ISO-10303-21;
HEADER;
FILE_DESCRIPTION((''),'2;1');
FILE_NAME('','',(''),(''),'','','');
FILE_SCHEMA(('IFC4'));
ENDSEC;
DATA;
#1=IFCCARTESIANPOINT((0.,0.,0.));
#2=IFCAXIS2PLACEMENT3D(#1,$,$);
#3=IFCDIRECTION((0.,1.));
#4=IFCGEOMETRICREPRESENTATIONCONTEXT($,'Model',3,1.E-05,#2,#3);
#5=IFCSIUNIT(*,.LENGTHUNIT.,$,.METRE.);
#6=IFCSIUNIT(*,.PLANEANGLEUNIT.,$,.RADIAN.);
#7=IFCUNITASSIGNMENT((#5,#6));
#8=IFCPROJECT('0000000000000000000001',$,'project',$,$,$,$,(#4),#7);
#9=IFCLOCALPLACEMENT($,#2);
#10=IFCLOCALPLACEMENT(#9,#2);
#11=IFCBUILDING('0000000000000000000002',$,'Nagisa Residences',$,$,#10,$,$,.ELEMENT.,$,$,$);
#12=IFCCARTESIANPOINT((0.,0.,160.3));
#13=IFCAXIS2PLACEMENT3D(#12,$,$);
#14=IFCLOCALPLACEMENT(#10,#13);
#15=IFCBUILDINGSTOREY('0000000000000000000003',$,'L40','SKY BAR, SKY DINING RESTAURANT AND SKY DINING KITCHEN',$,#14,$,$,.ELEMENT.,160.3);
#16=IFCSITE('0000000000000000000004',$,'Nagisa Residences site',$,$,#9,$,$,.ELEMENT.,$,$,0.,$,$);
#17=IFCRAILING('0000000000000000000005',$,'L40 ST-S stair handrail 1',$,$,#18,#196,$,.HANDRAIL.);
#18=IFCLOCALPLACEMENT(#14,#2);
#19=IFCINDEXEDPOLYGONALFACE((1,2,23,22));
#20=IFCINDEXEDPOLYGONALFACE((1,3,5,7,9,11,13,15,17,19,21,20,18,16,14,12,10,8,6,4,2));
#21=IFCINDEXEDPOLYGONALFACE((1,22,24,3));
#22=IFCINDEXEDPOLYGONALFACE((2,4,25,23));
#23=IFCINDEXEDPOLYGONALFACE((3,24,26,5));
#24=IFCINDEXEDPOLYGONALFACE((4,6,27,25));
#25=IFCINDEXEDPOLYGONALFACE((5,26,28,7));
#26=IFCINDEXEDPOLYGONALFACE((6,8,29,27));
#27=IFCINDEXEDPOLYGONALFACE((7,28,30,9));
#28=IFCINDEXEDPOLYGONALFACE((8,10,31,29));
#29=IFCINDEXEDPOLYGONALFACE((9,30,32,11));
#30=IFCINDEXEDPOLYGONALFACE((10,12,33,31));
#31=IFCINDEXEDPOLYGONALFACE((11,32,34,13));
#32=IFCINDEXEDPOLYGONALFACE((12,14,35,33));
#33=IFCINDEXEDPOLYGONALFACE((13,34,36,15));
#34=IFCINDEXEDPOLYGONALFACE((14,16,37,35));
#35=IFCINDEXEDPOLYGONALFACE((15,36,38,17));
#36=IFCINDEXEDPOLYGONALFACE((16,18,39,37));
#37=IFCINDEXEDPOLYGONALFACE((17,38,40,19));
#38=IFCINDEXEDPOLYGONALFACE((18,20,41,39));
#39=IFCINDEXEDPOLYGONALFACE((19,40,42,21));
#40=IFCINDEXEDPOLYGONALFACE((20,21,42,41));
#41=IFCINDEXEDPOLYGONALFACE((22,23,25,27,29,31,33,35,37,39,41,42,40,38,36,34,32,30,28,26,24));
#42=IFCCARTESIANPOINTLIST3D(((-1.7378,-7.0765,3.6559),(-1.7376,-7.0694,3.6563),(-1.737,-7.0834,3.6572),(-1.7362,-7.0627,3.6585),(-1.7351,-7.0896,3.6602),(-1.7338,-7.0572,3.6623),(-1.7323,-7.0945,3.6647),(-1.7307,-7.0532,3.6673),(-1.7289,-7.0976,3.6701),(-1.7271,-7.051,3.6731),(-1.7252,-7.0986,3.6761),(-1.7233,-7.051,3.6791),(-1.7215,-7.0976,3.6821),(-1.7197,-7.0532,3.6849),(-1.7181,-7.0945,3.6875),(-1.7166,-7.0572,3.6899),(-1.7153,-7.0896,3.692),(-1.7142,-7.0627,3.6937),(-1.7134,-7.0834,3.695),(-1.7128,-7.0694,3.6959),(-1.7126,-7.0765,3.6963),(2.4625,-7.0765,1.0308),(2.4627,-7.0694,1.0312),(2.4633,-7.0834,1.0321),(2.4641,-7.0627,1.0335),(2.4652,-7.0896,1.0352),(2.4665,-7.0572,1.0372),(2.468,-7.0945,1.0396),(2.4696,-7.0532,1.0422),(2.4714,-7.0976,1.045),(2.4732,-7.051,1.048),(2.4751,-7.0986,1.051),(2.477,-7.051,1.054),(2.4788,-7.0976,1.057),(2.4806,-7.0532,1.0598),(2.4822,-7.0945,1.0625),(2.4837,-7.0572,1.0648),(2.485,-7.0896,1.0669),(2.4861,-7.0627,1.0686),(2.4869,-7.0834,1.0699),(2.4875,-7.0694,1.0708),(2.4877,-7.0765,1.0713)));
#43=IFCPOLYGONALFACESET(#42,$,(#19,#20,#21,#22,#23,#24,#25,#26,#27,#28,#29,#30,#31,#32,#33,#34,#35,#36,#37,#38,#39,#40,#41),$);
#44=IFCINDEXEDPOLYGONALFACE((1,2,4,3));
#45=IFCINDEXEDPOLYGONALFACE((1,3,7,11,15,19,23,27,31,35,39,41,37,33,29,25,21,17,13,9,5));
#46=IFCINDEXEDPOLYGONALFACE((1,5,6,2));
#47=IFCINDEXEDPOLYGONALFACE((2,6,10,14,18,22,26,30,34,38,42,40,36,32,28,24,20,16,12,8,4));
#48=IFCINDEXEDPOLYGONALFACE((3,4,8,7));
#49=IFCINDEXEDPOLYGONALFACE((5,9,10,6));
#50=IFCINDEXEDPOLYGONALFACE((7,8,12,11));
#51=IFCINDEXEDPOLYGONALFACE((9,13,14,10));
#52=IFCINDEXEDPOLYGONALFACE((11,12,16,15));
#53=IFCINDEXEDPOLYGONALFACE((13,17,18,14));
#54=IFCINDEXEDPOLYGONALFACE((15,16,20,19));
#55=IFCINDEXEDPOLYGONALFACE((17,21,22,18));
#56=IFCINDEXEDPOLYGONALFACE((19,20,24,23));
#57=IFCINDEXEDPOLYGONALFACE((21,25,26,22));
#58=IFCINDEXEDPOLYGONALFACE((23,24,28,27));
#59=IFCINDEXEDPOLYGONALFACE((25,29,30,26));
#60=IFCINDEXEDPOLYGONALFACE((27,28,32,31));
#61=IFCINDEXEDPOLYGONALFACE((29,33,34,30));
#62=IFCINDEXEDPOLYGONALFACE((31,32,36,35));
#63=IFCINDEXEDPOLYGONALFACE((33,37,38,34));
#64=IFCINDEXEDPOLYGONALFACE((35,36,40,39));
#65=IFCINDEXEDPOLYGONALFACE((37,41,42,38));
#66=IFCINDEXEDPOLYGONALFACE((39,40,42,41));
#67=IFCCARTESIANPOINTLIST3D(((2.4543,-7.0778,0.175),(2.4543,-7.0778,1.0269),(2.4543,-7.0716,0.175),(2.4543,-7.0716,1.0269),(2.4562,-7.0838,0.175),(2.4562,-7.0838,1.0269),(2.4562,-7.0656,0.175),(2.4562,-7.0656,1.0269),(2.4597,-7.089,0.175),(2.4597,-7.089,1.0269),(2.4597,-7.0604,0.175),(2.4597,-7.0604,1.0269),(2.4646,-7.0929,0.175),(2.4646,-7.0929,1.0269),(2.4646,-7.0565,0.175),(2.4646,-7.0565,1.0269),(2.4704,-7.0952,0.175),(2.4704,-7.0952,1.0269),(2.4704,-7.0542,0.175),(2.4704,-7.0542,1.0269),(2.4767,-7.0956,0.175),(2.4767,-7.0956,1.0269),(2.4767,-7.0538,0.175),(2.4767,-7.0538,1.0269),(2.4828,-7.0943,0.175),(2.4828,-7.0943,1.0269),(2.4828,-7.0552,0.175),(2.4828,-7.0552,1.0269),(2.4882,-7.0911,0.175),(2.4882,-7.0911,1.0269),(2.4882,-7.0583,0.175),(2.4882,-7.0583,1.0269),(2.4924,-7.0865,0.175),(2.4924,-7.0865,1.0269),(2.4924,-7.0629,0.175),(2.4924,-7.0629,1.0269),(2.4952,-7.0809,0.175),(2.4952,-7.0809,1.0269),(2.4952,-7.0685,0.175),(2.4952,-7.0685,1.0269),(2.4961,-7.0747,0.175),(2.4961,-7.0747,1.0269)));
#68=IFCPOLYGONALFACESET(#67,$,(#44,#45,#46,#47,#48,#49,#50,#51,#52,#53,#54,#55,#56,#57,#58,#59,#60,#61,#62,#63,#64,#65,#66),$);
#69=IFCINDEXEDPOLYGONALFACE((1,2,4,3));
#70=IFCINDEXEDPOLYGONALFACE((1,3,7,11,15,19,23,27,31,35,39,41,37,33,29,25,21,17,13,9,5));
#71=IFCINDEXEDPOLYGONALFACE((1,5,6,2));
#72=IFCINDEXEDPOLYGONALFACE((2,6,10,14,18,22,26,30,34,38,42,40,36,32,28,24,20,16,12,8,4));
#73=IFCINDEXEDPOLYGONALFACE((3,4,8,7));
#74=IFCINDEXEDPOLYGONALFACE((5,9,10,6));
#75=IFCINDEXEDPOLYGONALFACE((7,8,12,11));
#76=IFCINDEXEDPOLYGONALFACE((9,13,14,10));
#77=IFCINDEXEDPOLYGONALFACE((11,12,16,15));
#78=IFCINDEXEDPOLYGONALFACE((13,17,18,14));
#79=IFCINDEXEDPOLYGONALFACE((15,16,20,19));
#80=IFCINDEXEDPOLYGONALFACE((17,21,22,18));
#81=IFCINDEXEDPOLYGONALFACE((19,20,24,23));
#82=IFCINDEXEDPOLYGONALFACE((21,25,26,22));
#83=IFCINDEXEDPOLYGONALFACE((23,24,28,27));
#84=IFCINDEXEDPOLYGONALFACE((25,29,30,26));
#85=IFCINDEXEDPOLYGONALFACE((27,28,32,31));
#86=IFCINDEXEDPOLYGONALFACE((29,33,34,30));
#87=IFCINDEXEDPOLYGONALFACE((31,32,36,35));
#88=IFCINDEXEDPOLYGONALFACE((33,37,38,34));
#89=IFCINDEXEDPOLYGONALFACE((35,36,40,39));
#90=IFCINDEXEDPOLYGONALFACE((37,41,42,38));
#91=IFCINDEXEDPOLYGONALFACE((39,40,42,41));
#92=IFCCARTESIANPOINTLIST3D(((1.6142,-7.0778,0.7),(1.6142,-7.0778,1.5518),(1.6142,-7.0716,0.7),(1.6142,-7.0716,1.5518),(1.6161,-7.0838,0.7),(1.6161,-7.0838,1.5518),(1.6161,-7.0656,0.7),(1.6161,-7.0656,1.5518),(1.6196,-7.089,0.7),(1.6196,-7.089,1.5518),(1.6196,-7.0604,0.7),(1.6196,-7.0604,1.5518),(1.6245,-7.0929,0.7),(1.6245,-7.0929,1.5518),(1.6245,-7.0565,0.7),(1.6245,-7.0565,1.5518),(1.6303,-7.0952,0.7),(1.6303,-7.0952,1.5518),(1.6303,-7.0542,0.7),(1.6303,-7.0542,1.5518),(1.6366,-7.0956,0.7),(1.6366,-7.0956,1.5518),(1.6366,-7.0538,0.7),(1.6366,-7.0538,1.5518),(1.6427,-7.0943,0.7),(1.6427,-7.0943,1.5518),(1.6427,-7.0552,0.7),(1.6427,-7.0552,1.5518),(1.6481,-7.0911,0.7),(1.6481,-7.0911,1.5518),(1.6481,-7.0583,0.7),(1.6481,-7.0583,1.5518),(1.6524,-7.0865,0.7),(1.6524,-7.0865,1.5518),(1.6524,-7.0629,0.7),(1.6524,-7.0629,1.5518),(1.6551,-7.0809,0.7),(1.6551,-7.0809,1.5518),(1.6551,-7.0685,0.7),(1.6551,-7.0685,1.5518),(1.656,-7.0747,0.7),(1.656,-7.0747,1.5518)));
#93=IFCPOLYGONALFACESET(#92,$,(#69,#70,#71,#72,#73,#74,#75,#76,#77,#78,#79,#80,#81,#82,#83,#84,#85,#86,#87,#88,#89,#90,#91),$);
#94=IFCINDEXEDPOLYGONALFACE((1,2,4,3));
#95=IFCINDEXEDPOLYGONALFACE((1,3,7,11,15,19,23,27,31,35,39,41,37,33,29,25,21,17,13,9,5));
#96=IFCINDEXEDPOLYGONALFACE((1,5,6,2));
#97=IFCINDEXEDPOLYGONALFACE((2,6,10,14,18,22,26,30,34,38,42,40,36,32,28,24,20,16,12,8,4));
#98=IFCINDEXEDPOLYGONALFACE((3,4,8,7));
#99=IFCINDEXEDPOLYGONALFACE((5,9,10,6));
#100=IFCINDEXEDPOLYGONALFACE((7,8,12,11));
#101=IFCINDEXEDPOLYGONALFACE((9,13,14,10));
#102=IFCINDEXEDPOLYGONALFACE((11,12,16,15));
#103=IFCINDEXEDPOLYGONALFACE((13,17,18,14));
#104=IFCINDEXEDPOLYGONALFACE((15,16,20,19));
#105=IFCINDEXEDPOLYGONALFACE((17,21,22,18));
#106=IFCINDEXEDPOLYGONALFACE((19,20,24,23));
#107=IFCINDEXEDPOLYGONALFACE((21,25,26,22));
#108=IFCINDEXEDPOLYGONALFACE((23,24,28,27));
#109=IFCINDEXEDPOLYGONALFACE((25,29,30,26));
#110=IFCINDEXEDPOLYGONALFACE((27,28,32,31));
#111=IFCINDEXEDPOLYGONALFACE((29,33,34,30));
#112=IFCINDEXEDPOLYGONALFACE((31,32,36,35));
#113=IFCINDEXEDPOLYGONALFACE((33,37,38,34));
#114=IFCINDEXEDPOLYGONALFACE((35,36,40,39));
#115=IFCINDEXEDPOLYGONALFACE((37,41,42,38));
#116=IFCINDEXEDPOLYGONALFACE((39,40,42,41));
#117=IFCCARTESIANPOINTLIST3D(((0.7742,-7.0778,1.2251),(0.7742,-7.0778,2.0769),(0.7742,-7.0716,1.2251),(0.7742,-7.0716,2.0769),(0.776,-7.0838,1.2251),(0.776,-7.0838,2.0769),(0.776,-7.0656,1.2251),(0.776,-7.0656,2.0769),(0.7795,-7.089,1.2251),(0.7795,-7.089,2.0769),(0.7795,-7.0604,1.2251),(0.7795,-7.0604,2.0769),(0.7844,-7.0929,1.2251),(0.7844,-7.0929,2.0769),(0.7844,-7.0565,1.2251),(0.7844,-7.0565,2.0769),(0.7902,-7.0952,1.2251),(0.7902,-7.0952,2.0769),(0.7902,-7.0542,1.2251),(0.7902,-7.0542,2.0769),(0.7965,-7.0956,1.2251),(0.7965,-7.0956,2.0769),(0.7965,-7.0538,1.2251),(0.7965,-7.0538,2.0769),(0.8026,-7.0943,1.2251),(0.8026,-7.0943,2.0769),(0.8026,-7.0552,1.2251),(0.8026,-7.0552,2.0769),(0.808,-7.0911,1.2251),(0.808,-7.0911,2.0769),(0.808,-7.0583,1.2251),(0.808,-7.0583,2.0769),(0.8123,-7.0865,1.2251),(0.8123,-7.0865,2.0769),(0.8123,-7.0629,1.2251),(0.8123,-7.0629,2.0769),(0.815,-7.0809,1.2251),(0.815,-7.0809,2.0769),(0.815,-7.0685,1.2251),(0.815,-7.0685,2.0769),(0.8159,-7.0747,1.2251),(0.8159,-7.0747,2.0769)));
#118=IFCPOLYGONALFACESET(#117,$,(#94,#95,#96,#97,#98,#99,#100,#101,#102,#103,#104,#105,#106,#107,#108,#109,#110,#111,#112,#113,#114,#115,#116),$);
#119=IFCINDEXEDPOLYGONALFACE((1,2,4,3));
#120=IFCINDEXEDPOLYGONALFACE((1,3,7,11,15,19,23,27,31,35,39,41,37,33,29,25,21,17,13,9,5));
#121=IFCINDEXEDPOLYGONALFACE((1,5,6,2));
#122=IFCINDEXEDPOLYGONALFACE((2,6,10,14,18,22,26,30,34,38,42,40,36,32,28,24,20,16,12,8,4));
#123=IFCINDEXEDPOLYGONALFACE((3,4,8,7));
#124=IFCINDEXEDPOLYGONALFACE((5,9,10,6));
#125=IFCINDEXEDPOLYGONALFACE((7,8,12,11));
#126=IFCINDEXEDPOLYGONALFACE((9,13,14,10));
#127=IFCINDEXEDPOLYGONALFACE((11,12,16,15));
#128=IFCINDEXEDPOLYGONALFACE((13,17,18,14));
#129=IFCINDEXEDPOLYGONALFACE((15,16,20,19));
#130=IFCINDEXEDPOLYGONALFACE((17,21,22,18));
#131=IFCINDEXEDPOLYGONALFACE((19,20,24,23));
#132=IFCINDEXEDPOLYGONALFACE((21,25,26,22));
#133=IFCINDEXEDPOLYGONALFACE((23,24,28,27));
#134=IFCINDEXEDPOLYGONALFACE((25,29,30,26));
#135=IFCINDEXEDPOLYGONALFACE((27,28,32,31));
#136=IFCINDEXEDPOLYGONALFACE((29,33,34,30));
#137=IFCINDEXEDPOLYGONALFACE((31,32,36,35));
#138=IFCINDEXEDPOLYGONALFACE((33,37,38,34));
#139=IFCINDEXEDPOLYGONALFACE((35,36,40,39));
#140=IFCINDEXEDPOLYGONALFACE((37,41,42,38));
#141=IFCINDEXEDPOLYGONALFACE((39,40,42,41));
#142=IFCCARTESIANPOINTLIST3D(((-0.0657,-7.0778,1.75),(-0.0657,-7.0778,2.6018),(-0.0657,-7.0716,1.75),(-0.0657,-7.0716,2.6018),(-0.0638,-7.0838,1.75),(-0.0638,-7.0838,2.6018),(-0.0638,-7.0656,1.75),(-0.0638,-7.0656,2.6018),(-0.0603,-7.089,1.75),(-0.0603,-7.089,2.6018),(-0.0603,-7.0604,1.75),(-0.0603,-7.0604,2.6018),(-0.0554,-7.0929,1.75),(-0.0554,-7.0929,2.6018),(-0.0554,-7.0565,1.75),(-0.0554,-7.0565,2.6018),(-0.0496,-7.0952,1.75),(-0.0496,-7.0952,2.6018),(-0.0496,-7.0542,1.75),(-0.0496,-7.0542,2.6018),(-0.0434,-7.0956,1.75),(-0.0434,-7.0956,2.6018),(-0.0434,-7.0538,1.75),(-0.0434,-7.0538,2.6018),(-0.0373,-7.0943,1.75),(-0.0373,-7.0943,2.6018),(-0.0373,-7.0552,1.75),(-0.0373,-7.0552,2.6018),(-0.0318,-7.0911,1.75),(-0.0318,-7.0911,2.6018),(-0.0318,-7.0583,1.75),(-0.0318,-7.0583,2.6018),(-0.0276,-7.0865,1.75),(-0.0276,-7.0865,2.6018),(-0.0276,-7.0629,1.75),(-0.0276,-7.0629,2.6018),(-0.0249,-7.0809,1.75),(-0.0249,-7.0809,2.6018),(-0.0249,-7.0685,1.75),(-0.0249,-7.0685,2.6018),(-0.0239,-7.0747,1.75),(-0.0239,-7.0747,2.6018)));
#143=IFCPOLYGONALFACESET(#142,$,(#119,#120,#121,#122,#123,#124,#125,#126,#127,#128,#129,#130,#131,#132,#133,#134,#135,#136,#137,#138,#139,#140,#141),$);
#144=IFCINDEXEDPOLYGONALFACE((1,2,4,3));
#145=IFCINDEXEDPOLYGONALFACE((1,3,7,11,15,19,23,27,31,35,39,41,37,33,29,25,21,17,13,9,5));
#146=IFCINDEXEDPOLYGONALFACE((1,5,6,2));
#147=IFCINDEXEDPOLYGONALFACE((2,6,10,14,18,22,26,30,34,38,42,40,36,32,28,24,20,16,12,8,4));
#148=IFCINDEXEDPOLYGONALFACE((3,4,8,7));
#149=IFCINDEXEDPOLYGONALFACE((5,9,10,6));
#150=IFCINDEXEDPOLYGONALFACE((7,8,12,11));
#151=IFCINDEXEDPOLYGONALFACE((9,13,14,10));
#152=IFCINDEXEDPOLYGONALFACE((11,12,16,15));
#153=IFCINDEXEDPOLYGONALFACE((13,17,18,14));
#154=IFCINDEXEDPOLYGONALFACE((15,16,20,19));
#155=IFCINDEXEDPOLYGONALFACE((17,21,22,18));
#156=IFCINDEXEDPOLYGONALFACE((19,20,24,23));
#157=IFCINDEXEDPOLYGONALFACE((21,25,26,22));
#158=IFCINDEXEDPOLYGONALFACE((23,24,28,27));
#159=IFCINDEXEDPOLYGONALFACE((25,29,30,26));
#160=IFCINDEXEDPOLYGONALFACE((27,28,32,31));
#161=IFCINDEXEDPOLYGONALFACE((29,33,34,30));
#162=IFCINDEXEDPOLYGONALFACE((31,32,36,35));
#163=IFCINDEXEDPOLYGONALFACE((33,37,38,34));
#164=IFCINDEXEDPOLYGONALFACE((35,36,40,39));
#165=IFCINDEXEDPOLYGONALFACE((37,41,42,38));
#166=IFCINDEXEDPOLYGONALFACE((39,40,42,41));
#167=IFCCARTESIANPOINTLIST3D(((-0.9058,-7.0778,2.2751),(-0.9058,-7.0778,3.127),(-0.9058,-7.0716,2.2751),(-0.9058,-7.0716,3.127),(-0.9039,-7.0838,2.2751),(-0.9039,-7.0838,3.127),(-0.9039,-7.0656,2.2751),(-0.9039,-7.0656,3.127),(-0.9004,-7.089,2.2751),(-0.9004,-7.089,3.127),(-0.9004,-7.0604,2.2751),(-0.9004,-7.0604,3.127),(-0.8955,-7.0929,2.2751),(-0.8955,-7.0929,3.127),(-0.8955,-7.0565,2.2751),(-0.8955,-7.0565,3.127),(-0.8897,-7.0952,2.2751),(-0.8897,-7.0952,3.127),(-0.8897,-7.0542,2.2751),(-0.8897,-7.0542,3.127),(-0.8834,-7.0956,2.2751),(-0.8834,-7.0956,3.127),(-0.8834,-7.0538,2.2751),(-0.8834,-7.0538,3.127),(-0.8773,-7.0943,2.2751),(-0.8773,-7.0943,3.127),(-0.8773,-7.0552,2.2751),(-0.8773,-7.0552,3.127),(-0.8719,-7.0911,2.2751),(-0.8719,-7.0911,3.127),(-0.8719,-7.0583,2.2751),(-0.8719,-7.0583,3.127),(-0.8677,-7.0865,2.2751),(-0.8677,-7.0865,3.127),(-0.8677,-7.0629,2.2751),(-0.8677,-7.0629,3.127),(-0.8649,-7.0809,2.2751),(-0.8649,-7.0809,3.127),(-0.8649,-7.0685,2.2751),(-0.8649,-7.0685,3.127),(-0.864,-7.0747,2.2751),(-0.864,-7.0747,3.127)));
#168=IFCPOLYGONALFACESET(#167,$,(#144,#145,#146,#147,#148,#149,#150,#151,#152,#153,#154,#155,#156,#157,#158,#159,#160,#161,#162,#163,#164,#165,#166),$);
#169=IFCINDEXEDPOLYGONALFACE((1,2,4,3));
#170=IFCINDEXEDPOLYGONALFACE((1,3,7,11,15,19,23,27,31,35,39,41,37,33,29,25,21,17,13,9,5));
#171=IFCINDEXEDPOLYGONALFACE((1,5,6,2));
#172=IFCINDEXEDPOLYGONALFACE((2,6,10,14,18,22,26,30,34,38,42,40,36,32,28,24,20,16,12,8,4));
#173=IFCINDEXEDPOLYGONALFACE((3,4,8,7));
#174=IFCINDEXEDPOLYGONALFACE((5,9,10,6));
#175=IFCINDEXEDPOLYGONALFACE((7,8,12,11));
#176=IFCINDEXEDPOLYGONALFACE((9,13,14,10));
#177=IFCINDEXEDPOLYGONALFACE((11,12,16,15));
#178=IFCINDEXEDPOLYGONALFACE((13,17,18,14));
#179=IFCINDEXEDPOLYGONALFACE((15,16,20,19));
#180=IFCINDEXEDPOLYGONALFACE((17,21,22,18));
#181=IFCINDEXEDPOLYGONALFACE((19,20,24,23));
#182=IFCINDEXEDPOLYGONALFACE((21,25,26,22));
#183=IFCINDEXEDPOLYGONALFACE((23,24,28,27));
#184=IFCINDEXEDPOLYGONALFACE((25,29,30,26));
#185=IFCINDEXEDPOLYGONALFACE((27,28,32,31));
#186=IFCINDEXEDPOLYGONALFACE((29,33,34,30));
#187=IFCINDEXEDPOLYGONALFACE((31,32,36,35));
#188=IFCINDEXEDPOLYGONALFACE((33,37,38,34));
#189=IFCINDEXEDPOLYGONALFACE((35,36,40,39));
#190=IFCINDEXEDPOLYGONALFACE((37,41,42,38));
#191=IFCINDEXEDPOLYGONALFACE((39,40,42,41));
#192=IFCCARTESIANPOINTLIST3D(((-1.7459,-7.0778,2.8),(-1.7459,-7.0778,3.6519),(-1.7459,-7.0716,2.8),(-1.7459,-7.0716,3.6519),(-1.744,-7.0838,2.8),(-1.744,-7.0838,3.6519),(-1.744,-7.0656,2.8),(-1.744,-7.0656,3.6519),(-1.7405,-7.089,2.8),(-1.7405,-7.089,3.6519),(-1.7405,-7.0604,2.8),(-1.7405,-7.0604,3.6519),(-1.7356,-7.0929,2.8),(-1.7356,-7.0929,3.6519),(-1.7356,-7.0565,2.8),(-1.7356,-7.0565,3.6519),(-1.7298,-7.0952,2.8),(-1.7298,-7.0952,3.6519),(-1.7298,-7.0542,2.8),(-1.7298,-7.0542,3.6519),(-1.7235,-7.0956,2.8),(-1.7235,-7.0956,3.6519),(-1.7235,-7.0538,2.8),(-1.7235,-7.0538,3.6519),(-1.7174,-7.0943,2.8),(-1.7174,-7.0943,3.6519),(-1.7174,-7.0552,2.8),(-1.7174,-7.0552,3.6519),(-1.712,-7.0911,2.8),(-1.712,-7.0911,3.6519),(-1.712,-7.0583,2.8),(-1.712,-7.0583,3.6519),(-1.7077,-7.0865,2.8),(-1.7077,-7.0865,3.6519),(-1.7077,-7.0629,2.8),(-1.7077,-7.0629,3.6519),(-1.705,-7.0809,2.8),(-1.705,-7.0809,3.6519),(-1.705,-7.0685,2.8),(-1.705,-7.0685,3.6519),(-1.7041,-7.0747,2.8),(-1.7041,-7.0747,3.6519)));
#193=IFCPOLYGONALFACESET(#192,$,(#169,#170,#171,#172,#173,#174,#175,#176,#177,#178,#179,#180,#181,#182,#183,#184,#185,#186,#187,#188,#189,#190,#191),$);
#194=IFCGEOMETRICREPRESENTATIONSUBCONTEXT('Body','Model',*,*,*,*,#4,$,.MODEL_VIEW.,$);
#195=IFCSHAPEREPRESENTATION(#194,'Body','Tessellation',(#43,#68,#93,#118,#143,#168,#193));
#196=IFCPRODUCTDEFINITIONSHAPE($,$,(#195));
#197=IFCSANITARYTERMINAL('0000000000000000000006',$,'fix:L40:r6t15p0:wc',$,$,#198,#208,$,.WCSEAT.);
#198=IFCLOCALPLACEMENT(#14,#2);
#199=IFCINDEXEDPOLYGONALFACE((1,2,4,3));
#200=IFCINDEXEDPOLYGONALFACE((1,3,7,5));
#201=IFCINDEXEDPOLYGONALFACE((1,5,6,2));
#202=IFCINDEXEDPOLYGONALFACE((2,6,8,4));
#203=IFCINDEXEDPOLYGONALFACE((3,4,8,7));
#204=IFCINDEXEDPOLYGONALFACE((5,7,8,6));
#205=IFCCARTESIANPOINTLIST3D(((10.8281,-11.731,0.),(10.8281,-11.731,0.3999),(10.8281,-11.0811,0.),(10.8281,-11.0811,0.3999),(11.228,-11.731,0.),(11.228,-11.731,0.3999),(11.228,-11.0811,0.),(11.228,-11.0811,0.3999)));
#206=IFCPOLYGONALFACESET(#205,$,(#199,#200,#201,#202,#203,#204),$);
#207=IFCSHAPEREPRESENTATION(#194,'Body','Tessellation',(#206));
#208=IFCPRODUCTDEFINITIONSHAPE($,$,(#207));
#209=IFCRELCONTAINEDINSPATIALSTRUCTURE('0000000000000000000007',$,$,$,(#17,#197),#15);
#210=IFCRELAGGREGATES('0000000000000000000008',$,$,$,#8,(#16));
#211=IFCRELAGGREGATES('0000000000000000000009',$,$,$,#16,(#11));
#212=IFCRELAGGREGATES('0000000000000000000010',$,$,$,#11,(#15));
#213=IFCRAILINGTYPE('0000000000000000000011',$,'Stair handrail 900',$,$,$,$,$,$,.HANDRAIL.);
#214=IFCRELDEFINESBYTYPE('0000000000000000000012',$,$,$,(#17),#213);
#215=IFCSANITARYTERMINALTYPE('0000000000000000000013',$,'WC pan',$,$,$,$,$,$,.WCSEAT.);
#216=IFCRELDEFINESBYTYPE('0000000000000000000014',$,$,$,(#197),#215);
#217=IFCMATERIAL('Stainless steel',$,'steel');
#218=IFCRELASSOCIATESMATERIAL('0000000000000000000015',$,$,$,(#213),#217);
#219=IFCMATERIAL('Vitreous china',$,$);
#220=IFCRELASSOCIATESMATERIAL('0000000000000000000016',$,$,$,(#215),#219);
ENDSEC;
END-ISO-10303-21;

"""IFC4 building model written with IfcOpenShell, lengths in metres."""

from ifc_helpers import new_model, si_unit, direction, frame, origin, origin_2d, place, context, subcontext, project, spatial, rectangle, circle, extrude, material, type_object, element, save


model = new_model("IFC4")

# Units and contexts
model_context = context("Model", 3, precision=1e-05, world=origin(), true_north=direction((0.0, 1.0)))
body_context = subcontext(model_context, "Body", "Model", "MODEL_VIEW")
ifc_project = project(units=[si_unit("LENGTHUNIT", "METRE"), si_unit("PLANEANGLEUNIT", "RADIAN")], contexts=[model_context])

# Site, building, storey
site_placement = place(None, origin())
site = spatial("IfcSite", under=ifc_project, at=site_placement, Name="Nagisa Residences site", CompositionType="ELEMENT", RefElevation=0.0)
building_placement = place(site_placement, origin())
building = spatial("IfcBuilding", under=site, at=building_placement, Name="Nagisa Residences", CompositionType="ELEMENT")
storey_placement = place(building_placement, frame((0.0, 0.0, 160.3)))
storey = spatial("IfcBuildingStorey", under=building, at=storey_placement, Name="L40", Description="SKY BAR, SKY DINING RESTAURANT AND SKY DINING KITCHEN", CompositionType="ELEMENT", Elevation=160.3)

# Railing
ifc_material_1 = material(Name="Stainless steel", Category="steel")
railing_type_1 = type_object("IfcRailingType", Name="Stair handrail 900", PredefinedType="HANDRAIL", material=ifc_material_1)
railing_1_placement = place(storey_placement, frame((2.4751, -7.0747, 0.175)))
element("IfcRailing", 1, at=railing_1_placement, inside=storey, type_object=railing_type_1, Name="L40 ST-S stair handrail 1", PredefinedType="HANDRAIL", context=body_context, shape_type="SweptSolid", body=[
    extrude(circle(Radius=0.0239, at=origin_2d()), frame((0.0, 0.0, 0.876), z_axis=(-0.848009, 0.0, 0.529981), x_axis=(0.0, -1.0, 0.0)), (0.0, 0.0, 1.0), 4.9531),
    extrude(circle(Radius=0.021, at=origin_2d()), origin(), (0.0, 0.0, 1.0), 0.8518),
    extrude(circle(Radius=0.021, at=origin_2d()), frame((-0.8401, 0.0, 0.5249)), (0.0, 0.0, 1.0), 0.8518),
    extrude(circle(Radius=0.021, at=origin_2d()), frame((-1.6802, 0.0, 1.05)), (0.0, 0.0, 1.0), 0.8518),
    extrude(circle(Radius=0.021, at=origin_2d()), frame((-2.52, 0.0, 1.575)), (0.0, 0.0, 1.0), 0.8518),
    extrude(circle(Radius=0.021, at=origin_2d()), frame((-3.3601, 0.0, 2.1001)), (0.0, 0.0, 1.0), 0.8518),
    extrude(circle(Radius=0.021, at=origin_2d()), frame((-4.2002, 0.0, 2.625)), (0.0, 0.0, 1.0), 0.8518),
])

# Sanitary terminal
ifc_material_2 = material(Name="Vitreous china")
sanitary_terminal_type = type_object("IfcSanitaryTerminalType", Name="WC pan", PredefinedType="WCSEAT", material=ifc_material_2)
sanitary_terminal_placement = place(storey_placement, frame((11.0281, -11.406, 0.0), z_axis=(0.0, 0.0, 1.0), x_axis=(1.0, 0.0, 0.0)))
element("IfcSanitaryTerminal", 2, at=sanitary_terminal_placement, inside=storey, type_object=sanitary_terminal_type, Name="fix:L40:r6t15p0:wc", PredefinedType="WCSEAT", context=body_context, shape_type="SweptSolid", body=[
    extrude(rectangle(XDim=0.3999, YDim=0.6499, at=origin_2d()), origin(), (0.0, 0.0, 1.0), 0.3999),
])

save(model, "model.ifc")
